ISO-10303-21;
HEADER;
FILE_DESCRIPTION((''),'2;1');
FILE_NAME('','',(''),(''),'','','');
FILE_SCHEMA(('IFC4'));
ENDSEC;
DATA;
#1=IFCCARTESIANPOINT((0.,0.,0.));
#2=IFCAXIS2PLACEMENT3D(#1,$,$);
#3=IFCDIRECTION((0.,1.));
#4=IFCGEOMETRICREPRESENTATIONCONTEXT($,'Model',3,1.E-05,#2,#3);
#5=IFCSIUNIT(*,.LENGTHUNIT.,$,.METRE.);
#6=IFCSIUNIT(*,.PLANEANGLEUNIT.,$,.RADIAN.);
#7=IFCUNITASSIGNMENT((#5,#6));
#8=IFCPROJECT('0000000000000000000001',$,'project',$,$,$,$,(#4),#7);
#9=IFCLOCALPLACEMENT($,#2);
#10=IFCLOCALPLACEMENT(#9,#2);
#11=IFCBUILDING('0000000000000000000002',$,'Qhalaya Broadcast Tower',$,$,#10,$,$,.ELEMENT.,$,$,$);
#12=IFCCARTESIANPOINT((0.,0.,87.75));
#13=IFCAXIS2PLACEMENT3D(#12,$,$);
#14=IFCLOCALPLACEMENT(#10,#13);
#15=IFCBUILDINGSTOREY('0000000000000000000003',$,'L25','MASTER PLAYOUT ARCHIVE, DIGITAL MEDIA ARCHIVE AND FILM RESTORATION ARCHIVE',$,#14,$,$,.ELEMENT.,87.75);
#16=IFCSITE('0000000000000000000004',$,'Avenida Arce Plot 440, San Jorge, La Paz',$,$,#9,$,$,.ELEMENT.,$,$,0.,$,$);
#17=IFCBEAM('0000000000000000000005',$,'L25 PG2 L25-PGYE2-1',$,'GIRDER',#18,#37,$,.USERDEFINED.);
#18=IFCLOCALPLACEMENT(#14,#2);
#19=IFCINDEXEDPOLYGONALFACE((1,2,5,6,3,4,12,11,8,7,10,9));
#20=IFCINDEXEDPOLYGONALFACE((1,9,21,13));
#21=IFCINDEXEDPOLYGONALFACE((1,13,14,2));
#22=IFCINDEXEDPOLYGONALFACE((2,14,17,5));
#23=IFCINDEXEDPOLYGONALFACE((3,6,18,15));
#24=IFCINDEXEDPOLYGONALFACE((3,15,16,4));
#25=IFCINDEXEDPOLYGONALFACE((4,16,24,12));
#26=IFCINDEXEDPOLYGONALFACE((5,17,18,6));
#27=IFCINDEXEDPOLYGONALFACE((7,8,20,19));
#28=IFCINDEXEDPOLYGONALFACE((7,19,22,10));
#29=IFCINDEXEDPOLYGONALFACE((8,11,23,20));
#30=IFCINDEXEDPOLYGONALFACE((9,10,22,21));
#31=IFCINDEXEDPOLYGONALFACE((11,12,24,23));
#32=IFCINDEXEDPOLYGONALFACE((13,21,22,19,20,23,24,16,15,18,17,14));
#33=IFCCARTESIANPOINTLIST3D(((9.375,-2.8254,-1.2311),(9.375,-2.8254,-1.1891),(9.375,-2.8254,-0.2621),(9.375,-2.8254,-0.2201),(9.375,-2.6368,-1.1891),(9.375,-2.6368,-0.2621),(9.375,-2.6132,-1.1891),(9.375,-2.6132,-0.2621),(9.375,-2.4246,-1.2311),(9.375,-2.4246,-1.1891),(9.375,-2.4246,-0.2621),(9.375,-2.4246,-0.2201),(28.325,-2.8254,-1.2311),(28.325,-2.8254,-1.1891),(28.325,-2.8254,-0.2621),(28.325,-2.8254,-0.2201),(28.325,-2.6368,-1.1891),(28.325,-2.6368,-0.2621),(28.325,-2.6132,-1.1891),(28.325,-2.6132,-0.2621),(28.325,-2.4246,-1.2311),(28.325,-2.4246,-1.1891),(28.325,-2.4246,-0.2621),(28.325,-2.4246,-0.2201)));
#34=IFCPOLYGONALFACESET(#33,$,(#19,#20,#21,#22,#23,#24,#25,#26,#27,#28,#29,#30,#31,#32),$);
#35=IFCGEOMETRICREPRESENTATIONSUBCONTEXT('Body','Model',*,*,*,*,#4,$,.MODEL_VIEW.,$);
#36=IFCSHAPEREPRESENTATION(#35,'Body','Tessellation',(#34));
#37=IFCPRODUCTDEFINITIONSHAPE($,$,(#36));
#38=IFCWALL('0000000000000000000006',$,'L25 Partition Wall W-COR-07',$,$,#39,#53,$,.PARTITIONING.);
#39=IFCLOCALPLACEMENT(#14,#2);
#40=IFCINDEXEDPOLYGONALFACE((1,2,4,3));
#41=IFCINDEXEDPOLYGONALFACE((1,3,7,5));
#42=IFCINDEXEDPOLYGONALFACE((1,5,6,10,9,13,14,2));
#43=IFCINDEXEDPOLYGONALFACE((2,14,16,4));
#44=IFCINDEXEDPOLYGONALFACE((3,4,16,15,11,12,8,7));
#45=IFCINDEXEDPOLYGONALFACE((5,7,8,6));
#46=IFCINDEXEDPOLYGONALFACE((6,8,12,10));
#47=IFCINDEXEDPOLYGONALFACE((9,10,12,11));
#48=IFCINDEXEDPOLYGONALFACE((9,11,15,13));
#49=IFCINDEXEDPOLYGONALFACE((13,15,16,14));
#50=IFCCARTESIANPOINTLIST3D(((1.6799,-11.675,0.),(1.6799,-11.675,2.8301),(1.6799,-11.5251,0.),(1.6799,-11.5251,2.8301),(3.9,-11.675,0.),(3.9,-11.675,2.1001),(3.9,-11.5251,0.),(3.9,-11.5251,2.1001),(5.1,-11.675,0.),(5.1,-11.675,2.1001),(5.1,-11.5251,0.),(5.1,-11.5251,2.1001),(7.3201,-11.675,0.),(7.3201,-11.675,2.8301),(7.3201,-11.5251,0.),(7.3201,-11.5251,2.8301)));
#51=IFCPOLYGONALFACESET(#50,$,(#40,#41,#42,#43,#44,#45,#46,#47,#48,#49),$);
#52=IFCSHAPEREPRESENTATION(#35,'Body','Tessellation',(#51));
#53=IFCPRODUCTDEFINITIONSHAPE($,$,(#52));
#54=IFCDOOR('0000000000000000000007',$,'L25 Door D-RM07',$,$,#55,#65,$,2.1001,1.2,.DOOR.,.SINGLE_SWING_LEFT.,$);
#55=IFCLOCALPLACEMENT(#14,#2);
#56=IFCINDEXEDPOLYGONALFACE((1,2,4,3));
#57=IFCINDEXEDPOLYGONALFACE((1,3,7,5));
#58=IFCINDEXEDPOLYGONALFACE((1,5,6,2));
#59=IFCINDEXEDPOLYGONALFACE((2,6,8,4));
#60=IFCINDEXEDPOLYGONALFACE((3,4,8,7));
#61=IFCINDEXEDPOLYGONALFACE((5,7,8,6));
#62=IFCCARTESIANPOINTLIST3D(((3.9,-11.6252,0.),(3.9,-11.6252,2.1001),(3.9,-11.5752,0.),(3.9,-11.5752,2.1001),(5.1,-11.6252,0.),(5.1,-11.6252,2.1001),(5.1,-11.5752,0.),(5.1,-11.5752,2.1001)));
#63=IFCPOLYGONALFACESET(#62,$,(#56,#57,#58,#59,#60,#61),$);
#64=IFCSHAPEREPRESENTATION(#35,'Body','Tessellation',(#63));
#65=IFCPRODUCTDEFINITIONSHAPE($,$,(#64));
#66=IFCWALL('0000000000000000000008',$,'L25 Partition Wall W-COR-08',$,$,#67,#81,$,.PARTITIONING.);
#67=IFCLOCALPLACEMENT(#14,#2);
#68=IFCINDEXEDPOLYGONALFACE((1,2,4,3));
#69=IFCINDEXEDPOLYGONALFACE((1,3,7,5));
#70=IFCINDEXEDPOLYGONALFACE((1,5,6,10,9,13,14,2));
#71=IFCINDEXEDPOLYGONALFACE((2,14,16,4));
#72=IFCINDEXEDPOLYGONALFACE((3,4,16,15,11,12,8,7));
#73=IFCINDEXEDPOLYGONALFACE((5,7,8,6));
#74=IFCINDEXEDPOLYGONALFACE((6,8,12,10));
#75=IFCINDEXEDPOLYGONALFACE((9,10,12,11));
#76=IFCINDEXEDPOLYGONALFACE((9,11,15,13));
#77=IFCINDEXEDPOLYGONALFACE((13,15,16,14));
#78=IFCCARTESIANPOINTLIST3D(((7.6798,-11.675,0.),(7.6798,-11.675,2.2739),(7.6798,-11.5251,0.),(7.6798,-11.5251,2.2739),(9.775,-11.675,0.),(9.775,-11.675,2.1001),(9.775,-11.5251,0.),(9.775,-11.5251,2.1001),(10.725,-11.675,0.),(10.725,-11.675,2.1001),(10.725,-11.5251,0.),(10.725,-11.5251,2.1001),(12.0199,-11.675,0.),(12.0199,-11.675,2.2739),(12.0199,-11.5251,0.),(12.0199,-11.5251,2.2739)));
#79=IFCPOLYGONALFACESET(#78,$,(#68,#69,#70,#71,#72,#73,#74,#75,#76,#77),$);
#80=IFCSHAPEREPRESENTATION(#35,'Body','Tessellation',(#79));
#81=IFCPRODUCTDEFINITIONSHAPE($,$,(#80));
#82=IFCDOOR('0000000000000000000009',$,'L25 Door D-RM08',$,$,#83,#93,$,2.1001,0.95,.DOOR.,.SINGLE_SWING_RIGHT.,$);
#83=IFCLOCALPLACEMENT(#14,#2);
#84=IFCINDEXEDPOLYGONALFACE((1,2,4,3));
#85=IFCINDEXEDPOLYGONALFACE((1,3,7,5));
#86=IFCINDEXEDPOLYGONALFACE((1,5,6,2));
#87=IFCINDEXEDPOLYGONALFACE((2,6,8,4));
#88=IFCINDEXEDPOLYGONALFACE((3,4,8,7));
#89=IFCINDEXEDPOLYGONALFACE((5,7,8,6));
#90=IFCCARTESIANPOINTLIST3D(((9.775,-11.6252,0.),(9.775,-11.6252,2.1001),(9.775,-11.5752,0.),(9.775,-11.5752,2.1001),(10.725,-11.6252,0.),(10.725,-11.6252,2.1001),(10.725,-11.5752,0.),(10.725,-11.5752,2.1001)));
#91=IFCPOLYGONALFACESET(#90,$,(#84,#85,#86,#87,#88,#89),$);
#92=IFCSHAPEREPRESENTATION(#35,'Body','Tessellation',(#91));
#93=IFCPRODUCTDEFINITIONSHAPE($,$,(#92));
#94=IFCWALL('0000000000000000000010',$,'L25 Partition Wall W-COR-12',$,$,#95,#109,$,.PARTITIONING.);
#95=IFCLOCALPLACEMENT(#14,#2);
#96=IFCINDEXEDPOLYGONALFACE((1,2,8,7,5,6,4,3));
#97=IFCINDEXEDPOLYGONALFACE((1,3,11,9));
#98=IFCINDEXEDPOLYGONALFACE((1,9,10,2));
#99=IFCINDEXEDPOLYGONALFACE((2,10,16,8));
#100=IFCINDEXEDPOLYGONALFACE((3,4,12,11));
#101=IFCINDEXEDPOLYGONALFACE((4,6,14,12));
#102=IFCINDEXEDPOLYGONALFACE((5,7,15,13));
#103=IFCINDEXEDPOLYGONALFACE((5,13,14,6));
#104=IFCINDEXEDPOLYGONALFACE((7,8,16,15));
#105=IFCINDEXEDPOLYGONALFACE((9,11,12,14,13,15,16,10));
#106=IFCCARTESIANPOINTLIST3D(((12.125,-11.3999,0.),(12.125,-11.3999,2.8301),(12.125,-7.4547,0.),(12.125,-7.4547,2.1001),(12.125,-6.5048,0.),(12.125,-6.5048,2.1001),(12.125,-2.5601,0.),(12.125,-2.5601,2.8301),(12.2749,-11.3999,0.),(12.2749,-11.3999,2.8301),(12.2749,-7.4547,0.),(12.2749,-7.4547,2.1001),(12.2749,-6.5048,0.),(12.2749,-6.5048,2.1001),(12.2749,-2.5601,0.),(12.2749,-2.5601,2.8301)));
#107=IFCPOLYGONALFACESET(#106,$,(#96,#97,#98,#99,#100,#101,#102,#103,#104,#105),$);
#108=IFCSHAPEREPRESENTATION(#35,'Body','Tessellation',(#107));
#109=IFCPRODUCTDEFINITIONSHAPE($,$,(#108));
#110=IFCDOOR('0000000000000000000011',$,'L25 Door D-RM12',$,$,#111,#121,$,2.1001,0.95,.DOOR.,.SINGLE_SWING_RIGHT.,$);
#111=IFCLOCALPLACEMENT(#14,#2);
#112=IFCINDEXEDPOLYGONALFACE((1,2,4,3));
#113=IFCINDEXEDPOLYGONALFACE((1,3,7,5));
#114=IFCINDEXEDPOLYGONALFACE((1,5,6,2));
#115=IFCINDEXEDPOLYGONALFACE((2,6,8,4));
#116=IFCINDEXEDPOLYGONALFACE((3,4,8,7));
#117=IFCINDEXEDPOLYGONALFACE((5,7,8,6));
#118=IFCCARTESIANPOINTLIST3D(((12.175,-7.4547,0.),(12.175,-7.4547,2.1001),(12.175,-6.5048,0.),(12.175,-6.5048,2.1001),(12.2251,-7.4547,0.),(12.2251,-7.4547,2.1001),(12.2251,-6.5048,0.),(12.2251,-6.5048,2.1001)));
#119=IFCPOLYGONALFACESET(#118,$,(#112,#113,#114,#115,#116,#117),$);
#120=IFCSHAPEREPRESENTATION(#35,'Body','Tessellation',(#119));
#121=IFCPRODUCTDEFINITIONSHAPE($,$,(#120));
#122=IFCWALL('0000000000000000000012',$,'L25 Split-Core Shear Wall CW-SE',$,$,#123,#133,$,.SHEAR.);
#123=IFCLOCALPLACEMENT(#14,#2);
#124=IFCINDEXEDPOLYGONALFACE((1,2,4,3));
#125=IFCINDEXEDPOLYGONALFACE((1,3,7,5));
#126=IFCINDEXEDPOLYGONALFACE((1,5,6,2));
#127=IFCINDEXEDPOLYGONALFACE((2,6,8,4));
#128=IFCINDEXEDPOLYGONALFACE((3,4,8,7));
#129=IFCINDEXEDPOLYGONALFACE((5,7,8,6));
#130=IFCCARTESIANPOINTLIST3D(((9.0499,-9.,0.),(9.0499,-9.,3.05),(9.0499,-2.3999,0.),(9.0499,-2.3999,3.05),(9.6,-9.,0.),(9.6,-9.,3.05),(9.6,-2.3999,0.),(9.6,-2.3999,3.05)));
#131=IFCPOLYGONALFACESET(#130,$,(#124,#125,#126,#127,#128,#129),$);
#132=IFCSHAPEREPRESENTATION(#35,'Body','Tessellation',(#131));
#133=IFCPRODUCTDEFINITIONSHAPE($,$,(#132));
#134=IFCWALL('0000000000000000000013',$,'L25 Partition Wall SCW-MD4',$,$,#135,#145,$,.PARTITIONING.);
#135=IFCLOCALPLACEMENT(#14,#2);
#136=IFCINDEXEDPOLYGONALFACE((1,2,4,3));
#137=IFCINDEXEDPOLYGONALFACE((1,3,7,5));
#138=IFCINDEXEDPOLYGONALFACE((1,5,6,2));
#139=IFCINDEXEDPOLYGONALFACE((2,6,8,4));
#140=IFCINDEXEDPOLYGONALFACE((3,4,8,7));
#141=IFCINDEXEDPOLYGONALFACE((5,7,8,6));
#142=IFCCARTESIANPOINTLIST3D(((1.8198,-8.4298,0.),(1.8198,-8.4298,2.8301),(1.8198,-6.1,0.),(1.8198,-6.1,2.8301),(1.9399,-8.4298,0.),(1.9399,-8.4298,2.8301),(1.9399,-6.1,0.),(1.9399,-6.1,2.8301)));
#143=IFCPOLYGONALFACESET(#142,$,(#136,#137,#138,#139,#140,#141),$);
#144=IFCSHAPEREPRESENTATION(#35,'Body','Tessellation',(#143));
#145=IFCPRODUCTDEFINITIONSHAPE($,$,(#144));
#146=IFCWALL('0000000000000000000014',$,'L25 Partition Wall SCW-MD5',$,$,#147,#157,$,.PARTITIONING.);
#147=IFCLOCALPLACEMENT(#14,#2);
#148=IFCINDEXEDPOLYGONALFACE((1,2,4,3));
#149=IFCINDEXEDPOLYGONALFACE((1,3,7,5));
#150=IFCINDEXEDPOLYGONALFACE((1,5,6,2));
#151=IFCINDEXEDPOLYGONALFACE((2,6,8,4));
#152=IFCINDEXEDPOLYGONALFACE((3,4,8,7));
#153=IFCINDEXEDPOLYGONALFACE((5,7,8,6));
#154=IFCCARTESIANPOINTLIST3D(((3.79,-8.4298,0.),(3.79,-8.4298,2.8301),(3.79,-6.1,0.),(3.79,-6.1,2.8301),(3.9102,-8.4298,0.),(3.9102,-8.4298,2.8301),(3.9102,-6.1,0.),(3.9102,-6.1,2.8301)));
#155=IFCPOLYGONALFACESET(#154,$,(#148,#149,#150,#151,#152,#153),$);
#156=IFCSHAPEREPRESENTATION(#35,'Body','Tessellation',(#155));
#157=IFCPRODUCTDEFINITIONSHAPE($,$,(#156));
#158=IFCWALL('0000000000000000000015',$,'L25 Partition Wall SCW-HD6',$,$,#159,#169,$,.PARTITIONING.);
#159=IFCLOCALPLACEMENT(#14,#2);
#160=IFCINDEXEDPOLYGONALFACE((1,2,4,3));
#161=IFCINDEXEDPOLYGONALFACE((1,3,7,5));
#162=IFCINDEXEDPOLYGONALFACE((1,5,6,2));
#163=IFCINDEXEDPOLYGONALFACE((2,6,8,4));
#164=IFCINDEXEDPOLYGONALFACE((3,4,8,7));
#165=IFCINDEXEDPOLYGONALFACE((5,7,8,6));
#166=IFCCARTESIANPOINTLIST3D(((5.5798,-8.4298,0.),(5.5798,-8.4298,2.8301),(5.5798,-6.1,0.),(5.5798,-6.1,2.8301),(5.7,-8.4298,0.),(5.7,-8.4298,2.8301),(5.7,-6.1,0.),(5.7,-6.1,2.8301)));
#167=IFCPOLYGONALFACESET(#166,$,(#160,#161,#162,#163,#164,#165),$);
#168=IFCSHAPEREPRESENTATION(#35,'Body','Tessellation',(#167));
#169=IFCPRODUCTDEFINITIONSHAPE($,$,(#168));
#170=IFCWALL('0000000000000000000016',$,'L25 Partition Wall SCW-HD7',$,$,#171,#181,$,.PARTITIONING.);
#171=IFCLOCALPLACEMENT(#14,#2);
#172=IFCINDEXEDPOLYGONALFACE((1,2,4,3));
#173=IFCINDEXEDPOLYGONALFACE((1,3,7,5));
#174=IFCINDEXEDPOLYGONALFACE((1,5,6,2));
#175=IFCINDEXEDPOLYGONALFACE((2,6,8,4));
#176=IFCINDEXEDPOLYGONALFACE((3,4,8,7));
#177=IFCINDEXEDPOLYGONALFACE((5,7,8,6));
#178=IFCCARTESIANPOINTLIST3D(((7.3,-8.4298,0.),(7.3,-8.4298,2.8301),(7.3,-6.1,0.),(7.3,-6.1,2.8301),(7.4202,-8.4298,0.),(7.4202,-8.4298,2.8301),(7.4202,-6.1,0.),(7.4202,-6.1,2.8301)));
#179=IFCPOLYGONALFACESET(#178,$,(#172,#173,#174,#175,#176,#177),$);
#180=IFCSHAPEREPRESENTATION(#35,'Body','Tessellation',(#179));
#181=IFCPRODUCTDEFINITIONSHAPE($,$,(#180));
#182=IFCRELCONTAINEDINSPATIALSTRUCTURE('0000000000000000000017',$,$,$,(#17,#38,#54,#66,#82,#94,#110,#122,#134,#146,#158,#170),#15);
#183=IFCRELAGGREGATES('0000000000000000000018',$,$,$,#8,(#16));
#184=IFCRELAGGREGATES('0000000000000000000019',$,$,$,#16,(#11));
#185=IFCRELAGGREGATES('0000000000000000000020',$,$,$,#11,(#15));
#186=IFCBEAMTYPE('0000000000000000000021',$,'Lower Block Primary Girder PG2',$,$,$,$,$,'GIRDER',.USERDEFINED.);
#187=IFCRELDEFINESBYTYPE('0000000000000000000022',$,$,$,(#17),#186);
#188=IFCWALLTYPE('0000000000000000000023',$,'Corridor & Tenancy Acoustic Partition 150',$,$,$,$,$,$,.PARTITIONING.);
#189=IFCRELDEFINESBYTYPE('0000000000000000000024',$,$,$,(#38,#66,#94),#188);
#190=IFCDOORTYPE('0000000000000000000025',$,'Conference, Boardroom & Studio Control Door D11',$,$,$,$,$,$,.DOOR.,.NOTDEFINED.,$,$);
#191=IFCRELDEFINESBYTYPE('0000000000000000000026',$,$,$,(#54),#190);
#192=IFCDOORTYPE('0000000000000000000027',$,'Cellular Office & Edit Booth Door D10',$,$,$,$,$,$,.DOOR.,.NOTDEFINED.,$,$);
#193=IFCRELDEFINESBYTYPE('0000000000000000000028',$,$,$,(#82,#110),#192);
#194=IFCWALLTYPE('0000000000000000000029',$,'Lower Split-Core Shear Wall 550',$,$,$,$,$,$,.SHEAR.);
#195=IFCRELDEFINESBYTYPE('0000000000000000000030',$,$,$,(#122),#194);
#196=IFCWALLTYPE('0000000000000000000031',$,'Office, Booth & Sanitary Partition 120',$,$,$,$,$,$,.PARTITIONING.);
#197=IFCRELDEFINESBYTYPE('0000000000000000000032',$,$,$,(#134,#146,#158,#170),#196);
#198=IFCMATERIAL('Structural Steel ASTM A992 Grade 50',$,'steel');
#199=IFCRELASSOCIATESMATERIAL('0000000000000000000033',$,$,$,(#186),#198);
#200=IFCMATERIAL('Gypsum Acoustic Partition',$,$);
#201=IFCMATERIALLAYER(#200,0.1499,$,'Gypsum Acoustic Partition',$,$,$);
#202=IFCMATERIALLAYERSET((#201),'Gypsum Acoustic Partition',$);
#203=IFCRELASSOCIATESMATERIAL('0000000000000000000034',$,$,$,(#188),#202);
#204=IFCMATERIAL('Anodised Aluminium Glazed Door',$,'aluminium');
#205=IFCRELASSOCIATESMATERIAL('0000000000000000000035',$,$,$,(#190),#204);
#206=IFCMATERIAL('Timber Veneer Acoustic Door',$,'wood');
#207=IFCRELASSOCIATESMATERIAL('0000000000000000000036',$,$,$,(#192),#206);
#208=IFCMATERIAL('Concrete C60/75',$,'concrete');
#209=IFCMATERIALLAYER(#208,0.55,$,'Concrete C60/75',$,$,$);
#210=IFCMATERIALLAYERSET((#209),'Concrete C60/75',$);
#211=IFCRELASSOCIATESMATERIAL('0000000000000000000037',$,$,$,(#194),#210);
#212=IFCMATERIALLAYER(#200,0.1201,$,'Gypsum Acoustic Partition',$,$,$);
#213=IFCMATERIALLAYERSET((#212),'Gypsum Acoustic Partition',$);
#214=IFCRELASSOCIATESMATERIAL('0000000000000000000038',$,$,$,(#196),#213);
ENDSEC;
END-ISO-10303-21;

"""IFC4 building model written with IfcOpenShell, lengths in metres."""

from ifc_helpers import new_model, si_unit, direction, frame, frame_2d, origin, origin_2d, place, context, subcontext, project, spatial, rectangle, i_section, extrude, material, layer, layer_set, material_profile, profile_set, type_object, element, fill, save


model = new_model("IFC4")

# Units and contexts
model_context = context("Model", 3, precision=1e-05, world=origin(), true_north=direction((0.0, 1.0)))
body_context = subcontext(model_context, "Body", "Model", "MODEL_VIEW")
ifc_project = project(units=[si_unit("LENGTHUNIT", "METRE"), si_unit("PLANEANGLEUNIT", "RADIAN")], contexts=[model_context])

# Site, building, storey
site_placement = place(None, origin())
site = spatial("IfcSite", under=ifc_project, at=site_placement, Name="Avenida Arce Plot 440, San Jorge, La Paz", CompositionType="ELEMENT", RefElevation=0.0)
building_placement = place(site_placement, origin())
building = spatial("IfcBuilding", under=site, at=building_placement, Name="Qhalaya Broadcast Tower", CompositionType="ELEMENT")
storey_placement = place(building_placement, frame((0.0, 0.0, 87.75)))
storey = spatial("IfcBuildingStorey", under=building, at=storey_placement, Name="L25", Description="MASTER PLAYOUT ARCHIVE, DIGITAL MEDIA ARCHIVE AND FILM RESTORATION ARCHIVE", CompositionType="ELEMENT", Elevation=87.75)

# Beam
ifc_material_1 = material(Name="Structural Steel ASTM A992 Grade 50", Category="steel")
ifc_material_profile_1 = material_profile(ifc_material_1, i_section(OverallWidth=0.4009, OverallDepth=1.011, WebThickness=0.0237, FlangeThickness=0.042, at=origin_2d()), Name="W40X297")
ifc_profile_set_1 = profile_set([ifc_material_profile_1], Name="Structural Steel ASTM A992 Grade 50")
beam_type_1 = type_object("IfcBeamType", Name="Lower Block Primary Girder PG2", ElementType="GIRDER", PredefinedType="USERDEFINED", material=ifc_profile_set_1)
beam_1_placement = place(storey_placement, frame((9.375, -2.625, -0.7256), z_axis=(1.0, 0.0, 0.0), x_axis=(0.0, 1.0, 0.0)))
element("IfcBeam", 1, at=beam_1_placement, inside=storey, type_object=beam_type_1, Name="L25 PG2 L25-PGYE2-1", ObjectType="GIRDER", PredefinedType="USERDEFINED", context=body_context, shape_type="SweptSolid", body=[
    extrude(i_section(OverallWidth=0.4009, OverallDepth=1.011, WebThickness=0.0237, FlangeThickness=0.042, at=origin_2d()), origin(), (0.0, 0.0, 1.0), 18.95),
])

# Walls, openings, doors
ifc_material_2 = material(Name="Gypsum Acoustic Partition")
ifc_layer_1 = layer(ifc_material_2, 0.1499, Name="Gypsum Acoustic Partition")
ifc_layer_set_1 = layer_set([ifc_layer_1], Name="Gypsum Acoustic Partition")
wall_type_1 = type_object("IfcWallType", Name="Corridor & Tenancy Acoustic Partition 150", PredefinedType="PARTITIONING", material=ifc_layer_set_1)
wall_1_placement = place(storey_placement, frame((1.6799, -11.6001, 0.0), z_axis=(0.0, 0.0, 1.0), x_axis=(1.0, 0.0, 0.0)))
wall_1 = element("IfcWall", 2, at=wall_1_placement, inside=storey, type_object=wall_type_1, Name="L25 Partition Wall W-COR-07", PredefinedType="PARTITIONING", context=body_context, shape_type="SweptSolid", body=[
    extrude(rectangle(XDim=5.6401, YDim=0.1499, at=frame_2d((2.8201, 0.0))), origin(), (0.0, 0.0, 1.0), 2.8301),
])
opening_1_placement = place(wall_1_placement, frame((2.22, 0.0, 0.0)))
opening_1 = element("IfcOpeningElement", 3, at=opening_1_placement, cuts=wall_1, PredefinedType="OPENING", context=body_context, shape_type="SweptSolid", body=[
    extrude(rectangle(XDim=1.2, YDim=2.1001, at=frame_2d((0.6001, 1.05))), frame((0.0, 0.0869, 0.0), z_axis=(0.0, -1.0, 0.0), x_axis=(1.0, 0.0, 0.0)), (0.0, 0.0, 1.0), 0.1738),
])
ifc_material_3 = material(Name="Anodised Aluminium Glazed Door", Category="aluminium")
door_type_1 = type_object("IfcDoorType", Name="Conference, Boardroom & Studio Control Door D11", OperationType="NOTDEFINED", PredefinedType="DOOR", material=ifc_material_3)
door_1_placement = place(opening_1_placement, origin())
door_1 = element("IfcDoor", 4, at=door_1_placement, inside=storey, type_object=door_type_1, Name="L25 Door D-RM07", OperationType="SINGLE_SWING_LEFT", OverallHeight=2.1001, OverallWidth=1.2, PredefinedType="DOOR", context=body_context, shape_type="SweptSolid", body=[
    extrude(rectangle(XDim=1.2, YDim=2.1001, at=frame_2d((0.6001, 1.05))), frame((0.0, 0.0249, 0.0), z_axis=(0.0, -1.0, 0.0), x_axis=(1.0, 0.0, 0.0)), (0.0, 0.0, 1.0), 0.05),
])
fill(opening_1, door_1)
wall_2_placement = place(storey_placement, frame((7.6799, -11.6001, 0.0), z_axis=(0.0, 0.0, 1.0), x_axis=(1.0, 0.0, 0.0)))
wall_2 = element("IfcWall", 5, at=wall_2_placement, inside=storey, type_object=wall_type_1, Name="L25 Partition Wall W-COR-08", PredefinedType="PARTITIONING", context=body_context, shape_type="SweptSolid", body=[
    extrude(rectangle(XDim=4.3401, YDim=0.1499, at=frame_2d((2.1699, 0.0))), origin(), (0.0, 0.0, 1.0), 2.2739),
])
opening_2_placement = place(wall_2_placement, frame((2.095, 0.0, 0.0)))
opening_2 = element("IfcOpeningElement", 6, at=opening_2_placement, cuts=wall_2, PredefinedType="OPENING", context=body_context, shape_type="SweptSolid", body=[
    extrude(rectangle(XDim=0.95, YDim=2.1001, at=frame_2d((0.4751, 1.05))), frame((0.0, 0.0869, 0.0), z_axis=(0.0, -1.0, 0.0), x_axis=(1.0, 0.0, 0.0)), (0.0, 0.0, 1.0), 0.1738),
])
ifc_material_4 = material(Name="Timber Veneer Acoustic Door", Category="wood")
door_type_2 = type_object("IfcDoorType", Name="Cellular Office & Edit Booth Door D10", OperationType="NOTDEFINED", PredefinedType="DOOR", material=ifc_material_4)
door_2_placement = place(opening_2_placement, origin())
door_2 = element("IfcDoor", 7, at=door_2_placement, inside=storey, type_object=door_type_2, Name="L25 Door D-RM08", OperationType="SINGLE_SWING_RIGHT", OverallHeight=2.1001, OverallWidth=0.95, PredefinedType="DOOR", context=body_context, shape_type="SweptSolid", body=[
    extrude(rectangle(XDim=0.95, YDim=2.1001, at=frame_2d((0.4751, 1.05))), frame((0.0, 0.0249, 0.0), z_axis=(0.0, -1.0, 0.0), x_axis=(1.0, 0.0, 0.0)), (0.0, 0.0, 1.0), 0.05),
])
fill(opening_2, door_2)
wall_3_placement = place(storey_placement, frame((12.2, -11.3999, 0.0), z_axis=(0.0, 0.0, 1.0), x_axis=(0.0, 1.0, 0.0)))
wall_3 = element("IfcWall", 8, at=wall_3_placement, inside=storey, type_object=wall_type_1, Name="L25 Partition Wall W-COR-12", PredefinedType="PARTITIONING", context=body_context, shape_type="SweptSolid", body=[
    extrude(rectangle(XDim=8.8398, YDim=0.1499, at=frame_2d((4.4199, 0.0))), origin(), (0.0, 0.0, 1.0), 2.8301),
])
opening_3_placement = place(wall_3_placement, frame((3.9451, 0.0, 0.0)))
opening_3 = element("IfcOpeningElement", 9, at=opening_3_placement, cuts=wall_3, PredefinedType="OPENING", context=body_context, shape_type="SweptSolid", body=[
    extrude(rectangle(XDim=0.95, YDim=2.1001, at=frame_2d((0.4751, 1.05))), frame((0.0, 0.0869, 0.0), z_axis=(0.0, -1.0, 0.0), x_axis=(1.0, 0.0, 0.0)), (0.0, 0.0, 1.0), 0.1738),
])
door_3_placement = place(opening_3_placement, origin())
door_3 = element("IfcDoor", 10, at=door_3_placement, inside=storey, type_object=door_type_2, Name="L25 Door D-RM12", OperationType="SINGLE_SWING_RIGHT", OverallHeight=2.1001, OverallWidth=0.95, PredefinedType="DOOR", context=body_context, shape_type="SweptSolid", body=[
    extrude(rectangle(XDim=0.95, YDim=2.1001, at=frame_2d((0.4751, 1.05))), frame((0.0, 0.0249, 0.0), z_axis=(0.0, -1.0, 0.0), x_axis=(1.0, 0.0, 0.0)), (0.0, 0.0, 1.0), 0.05),
])
fill(opening_3, door_3)

# Walls
ifc_material_5 = material(Name="Concrete C60/75", Category="concrete")
ifc_layer_2 = layer(ifc_material_5, 0.55, Name="Concrete C60/75")
ifc_layer_set_2 = layer_set([ifc_layer_2], Name="Concrete C60/75")
wall_type_2 = type_object("IfcWallType", Name="Lower Split-Core Shear Wall 550", PredefinedType="SHEAR", material=ifc_layer_set_2)
wall_4_placement = place(storey_placement, frame((9.325, -9.0, 0.0), z_axis=(0.0, 0.0, 1.0), x_axis=(0.0, 1.0, 0.0)))
element("IfcWall", 11, at=wall_4_placement, inside=storey, type_object=wall_type_2, Name="L25 Split-Core Shear Wall CW-SE", PredefinedType="SHEAR", context=body_context, shape_type="SweptSolid", body=[
    extrude(rectangle(XDim=6.6001, YDim=0.55, at=frame_2d((3.3, 0.0))), origin(), (0.0, 0.0, 1.0), 3.05),
])
ifc_layer_3 = layer(ifc_material_2, 0.1201, Name="Gypsum Acoustic Partition")
ifc_layer_set_3 = layer_set([ifc_layer_3], Name="Gypsum Acoustic Partition")
wall_type_3 = type_object("IfcWallType", Name="Office, Booth & Sanitary Partition 120", PredefinedType="PARTITIONING", material=ifc_layer_set_3)
for number, where, z_axis, x_axis, name in (
    (12, (1.8799, -8.4299, 0.0), (0.0, 0.0, 1.0), (0.0, 1.0, 0.0), "L25 Partition Wall SCW-MD4"),
    (13, (3.8501, -8.4299, 0.0), (0.0, 0.0, 1.0), (0.0, 1.0, 0.0), "L25 Partition Wall SCW-MD5"),
    (14, (5.6399, -8.4299, 0.0), (0.0, 0.0, 1.0), (0.0, 1.0, 0.0), "L25 Partition Wall SCW-HD6"),
    (15, (7.3601, -8.4299, 0.0), (0.0, 0.0, 1.0), (0.0, 1.0, 0.0), "L25 Partition Wall SCW-HD7"),
):
    element("IfcWall", number, at=place(storey_placement, frame(where, z_axis=z_axis, x_axis=x_axis)), inside=storey, type_object=wall_type_3, Name=name, PredefinedType="PARTITIONING", context=body_context, shape_type="SweptSolid", body=[
        extrude(rectangle(XDim=2.3298, YDim=0.1201, at=frame_2d((1.165, 0.0))), origin(), (0.0, 0.0, 1.0), 2.8301),
    ])

save(model, "model.ifc")
